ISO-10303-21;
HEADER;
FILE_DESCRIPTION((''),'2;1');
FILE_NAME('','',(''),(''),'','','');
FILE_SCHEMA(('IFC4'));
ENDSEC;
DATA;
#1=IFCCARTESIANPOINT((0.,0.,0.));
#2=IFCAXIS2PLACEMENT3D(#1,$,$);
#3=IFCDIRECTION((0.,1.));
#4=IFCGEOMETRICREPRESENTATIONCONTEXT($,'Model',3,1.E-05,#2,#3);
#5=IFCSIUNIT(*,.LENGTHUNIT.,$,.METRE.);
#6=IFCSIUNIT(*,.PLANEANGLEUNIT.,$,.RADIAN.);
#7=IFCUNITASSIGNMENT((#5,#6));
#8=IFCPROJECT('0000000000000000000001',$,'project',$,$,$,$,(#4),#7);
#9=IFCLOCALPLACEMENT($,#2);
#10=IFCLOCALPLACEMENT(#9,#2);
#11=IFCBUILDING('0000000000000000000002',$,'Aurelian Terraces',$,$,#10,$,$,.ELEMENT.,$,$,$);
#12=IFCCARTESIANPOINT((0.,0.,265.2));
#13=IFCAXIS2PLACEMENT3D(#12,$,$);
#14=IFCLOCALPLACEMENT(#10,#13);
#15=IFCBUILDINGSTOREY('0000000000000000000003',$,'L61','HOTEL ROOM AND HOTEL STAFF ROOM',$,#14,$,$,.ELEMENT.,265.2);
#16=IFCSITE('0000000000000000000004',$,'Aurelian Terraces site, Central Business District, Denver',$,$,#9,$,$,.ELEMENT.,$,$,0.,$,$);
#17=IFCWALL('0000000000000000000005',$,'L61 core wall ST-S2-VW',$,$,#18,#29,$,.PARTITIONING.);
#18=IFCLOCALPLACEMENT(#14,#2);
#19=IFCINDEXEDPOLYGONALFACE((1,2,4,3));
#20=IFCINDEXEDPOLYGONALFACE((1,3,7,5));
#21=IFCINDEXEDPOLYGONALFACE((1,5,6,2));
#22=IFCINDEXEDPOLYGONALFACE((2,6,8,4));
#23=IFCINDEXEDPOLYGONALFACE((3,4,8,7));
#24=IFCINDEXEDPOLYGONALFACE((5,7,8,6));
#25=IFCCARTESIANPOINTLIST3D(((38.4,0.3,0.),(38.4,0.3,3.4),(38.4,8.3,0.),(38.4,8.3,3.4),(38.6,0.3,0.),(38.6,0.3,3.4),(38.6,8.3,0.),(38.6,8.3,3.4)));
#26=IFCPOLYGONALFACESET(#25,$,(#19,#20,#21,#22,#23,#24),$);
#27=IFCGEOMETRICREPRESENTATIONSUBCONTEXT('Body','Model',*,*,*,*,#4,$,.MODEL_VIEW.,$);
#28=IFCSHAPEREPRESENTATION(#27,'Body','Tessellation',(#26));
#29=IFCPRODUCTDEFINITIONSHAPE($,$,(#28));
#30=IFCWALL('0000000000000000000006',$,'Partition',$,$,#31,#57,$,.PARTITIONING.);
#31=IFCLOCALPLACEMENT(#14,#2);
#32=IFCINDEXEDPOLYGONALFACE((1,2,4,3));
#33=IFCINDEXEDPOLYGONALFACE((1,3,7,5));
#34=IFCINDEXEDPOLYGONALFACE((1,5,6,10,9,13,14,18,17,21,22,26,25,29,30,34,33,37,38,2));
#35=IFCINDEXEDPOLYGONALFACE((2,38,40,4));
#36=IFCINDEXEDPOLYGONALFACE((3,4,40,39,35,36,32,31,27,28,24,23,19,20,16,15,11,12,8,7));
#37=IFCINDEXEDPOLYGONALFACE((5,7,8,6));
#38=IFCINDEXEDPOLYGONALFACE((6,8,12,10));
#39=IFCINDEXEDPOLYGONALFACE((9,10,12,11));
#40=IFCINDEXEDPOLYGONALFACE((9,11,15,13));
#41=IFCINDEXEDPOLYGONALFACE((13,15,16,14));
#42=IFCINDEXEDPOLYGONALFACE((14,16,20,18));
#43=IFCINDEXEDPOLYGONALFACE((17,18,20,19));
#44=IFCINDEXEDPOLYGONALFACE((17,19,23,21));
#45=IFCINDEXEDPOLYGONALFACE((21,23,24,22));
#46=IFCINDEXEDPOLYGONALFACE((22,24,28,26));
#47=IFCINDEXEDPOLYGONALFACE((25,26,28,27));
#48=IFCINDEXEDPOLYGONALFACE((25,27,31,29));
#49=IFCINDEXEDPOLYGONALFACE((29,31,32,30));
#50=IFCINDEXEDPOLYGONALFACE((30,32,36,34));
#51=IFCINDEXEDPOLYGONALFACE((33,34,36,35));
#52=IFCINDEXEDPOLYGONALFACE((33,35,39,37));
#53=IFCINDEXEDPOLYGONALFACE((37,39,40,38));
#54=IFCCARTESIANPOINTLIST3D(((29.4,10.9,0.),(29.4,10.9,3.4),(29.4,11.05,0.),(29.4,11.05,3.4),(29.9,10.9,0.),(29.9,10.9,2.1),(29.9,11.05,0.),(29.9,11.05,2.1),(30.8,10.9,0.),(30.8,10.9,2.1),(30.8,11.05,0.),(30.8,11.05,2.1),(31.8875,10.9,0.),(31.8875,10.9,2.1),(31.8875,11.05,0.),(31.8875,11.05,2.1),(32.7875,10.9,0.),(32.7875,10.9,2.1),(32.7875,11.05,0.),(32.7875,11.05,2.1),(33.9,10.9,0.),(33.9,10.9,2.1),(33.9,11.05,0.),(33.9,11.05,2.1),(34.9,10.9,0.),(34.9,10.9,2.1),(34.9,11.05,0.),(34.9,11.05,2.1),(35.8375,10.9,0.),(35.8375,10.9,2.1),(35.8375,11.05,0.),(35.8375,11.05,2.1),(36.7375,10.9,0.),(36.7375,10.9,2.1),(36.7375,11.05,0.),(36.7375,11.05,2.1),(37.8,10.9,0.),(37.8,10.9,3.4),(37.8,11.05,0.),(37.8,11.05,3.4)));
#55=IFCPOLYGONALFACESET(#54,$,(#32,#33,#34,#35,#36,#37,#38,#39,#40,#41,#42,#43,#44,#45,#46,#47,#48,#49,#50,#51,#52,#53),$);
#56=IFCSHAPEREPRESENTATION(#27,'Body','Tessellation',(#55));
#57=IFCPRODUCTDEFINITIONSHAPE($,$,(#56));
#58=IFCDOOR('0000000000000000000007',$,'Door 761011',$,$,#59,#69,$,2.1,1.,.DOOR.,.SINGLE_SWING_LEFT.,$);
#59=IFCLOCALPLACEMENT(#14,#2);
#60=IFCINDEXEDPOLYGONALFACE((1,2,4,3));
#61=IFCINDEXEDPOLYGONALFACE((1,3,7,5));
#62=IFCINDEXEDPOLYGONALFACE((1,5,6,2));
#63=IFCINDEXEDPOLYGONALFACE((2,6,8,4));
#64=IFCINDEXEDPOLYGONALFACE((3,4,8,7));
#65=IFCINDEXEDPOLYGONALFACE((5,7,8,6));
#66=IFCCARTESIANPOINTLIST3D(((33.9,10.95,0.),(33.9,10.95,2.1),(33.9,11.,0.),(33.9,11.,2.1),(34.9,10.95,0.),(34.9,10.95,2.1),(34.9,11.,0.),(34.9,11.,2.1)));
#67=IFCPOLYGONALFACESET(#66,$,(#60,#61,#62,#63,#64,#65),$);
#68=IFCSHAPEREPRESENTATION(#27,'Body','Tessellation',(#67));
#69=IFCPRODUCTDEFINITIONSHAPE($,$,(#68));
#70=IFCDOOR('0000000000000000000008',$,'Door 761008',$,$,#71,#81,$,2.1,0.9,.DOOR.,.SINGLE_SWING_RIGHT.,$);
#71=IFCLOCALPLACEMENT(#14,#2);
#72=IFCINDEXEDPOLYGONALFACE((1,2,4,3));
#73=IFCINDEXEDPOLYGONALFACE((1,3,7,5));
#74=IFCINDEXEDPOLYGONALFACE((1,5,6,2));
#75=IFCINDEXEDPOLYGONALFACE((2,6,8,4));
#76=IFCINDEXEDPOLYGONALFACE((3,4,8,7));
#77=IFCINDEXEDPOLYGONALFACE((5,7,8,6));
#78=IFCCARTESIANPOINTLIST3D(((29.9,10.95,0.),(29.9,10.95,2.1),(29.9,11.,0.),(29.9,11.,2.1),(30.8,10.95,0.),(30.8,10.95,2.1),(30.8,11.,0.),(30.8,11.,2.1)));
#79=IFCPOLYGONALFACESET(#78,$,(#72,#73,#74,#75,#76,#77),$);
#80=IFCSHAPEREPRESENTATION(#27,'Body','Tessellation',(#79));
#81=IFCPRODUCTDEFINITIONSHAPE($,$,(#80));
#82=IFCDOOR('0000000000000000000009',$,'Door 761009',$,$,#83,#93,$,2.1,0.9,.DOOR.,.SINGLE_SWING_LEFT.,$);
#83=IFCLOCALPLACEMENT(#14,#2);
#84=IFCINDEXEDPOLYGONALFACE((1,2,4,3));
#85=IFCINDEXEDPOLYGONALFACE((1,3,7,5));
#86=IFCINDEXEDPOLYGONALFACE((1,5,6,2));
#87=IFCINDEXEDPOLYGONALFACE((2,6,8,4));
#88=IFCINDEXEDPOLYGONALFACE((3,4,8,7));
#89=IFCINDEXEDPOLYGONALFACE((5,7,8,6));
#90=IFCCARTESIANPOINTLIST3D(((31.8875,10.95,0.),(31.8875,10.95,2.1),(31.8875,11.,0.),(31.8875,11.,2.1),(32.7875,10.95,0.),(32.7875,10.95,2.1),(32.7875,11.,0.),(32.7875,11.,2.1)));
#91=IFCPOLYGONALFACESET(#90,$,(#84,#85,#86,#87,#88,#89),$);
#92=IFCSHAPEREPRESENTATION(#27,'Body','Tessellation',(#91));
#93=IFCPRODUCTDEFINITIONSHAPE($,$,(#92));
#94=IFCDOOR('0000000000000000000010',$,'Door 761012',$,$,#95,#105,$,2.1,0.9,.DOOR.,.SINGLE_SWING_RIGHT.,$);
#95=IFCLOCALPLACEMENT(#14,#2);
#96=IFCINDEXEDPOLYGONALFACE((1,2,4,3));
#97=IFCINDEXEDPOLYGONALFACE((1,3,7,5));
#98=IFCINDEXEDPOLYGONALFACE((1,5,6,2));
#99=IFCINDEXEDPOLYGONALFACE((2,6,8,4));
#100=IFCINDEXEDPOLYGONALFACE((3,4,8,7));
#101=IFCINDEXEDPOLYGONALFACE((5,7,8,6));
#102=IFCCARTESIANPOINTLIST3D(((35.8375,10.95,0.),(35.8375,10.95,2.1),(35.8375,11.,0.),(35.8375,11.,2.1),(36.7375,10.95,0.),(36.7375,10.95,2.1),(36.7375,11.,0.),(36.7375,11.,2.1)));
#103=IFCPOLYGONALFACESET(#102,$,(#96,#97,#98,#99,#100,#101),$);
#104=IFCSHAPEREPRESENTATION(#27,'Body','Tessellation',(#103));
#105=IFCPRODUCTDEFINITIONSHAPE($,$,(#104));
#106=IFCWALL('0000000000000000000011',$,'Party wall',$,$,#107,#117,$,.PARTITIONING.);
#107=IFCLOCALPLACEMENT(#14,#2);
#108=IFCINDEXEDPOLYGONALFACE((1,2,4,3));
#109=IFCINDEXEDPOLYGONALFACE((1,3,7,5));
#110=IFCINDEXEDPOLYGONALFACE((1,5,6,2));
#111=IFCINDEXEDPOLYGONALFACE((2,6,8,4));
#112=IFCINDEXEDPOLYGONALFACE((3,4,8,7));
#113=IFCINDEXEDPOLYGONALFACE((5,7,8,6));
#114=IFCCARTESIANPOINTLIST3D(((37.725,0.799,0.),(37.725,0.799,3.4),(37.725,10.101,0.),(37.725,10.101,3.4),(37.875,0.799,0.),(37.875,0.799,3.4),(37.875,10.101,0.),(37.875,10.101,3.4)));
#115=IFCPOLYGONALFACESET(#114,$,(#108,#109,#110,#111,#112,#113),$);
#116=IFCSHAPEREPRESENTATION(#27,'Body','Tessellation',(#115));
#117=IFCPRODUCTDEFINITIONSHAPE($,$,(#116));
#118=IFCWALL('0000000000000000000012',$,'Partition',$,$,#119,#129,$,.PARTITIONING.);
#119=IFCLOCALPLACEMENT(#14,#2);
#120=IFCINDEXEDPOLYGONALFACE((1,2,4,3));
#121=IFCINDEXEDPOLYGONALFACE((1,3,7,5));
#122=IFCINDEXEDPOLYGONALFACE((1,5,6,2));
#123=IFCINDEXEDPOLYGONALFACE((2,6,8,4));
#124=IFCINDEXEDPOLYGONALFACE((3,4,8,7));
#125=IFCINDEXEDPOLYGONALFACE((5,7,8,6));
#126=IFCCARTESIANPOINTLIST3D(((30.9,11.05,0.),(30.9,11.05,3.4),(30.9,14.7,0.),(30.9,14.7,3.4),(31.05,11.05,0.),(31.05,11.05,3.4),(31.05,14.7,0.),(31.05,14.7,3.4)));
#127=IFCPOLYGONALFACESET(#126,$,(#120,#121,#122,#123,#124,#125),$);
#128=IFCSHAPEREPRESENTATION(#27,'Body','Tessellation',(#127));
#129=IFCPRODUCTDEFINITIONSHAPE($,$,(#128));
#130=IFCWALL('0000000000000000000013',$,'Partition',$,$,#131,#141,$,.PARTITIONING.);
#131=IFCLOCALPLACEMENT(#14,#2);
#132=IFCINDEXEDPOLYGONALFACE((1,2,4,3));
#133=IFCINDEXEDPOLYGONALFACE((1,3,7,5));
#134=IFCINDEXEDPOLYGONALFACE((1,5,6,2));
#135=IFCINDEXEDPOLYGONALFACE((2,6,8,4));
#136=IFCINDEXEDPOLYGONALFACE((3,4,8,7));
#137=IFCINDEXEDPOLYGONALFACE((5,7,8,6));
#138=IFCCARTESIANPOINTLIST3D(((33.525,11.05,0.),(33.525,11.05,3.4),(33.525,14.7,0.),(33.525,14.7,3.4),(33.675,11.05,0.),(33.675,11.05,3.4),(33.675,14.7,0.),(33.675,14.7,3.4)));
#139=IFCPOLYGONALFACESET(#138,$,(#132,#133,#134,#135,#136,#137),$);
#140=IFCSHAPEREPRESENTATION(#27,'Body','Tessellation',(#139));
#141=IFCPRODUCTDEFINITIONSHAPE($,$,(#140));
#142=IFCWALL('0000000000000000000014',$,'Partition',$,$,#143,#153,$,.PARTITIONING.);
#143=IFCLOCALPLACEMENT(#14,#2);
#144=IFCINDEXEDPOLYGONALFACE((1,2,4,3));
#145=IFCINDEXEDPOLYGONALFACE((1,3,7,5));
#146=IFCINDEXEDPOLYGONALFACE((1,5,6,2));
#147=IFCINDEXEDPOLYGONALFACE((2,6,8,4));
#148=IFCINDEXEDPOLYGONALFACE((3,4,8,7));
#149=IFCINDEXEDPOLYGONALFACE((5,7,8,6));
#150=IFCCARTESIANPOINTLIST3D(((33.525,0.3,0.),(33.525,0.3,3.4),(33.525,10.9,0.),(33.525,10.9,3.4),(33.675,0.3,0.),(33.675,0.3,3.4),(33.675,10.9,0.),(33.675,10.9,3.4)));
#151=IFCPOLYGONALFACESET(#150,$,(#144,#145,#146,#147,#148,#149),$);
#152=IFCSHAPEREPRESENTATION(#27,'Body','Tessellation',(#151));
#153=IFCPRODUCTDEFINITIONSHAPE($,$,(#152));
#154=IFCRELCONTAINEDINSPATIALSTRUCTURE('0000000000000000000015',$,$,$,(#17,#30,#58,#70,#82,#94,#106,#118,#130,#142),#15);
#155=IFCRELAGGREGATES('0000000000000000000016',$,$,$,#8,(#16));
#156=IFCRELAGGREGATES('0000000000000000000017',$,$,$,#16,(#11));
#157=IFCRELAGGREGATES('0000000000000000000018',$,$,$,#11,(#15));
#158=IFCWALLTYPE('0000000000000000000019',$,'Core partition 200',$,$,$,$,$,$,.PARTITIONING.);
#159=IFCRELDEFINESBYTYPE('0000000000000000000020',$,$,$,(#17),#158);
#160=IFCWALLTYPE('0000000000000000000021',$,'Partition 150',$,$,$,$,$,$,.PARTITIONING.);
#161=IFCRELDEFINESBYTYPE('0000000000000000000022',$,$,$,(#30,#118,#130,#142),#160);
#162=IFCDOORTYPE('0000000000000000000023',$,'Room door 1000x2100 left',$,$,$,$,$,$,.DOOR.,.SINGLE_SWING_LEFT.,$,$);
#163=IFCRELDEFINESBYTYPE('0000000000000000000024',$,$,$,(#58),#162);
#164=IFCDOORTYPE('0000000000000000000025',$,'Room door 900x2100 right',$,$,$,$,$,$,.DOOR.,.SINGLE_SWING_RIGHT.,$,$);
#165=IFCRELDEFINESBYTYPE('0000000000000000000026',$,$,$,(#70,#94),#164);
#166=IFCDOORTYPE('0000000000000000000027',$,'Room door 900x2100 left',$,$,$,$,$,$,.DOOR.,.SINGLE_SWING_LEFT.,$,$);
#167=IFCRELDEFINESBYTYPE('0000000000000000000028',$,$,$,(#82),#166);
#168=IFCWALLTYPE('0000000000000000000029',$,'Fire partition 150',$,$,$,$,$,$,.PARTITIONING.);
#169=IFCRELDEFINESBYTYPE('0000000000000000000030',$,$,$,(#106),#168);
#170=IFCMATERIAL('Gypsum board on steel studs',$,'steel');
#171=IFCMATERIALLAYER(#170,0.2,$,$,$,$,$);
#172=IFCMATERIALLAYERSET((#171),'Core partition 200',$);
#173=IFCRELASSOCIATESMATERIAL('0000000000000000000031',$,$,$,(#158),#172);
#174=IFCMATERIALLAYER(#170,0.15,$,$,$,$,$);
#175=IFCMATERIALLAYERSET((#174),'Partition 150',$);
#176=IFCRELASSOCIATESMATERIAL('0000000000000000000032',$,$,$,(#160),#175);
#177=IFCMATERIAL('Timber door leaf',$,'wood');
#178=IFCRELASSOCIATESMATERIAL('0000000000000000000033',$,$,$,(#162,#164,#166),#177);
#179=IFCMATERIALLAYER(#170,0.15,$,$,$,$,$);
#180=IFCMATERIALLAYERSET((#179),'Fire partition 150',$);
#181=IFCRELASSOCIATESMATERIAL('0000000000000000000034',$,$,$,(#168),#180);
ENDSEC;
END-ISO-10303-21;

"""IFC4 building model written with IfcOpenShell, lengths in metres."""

from ifc_helpers import new_model, si_unit, direction, frame, frame_2d, origin, place, context, subcontext, project, spatial, rectangle, extrude, source, transform, mapped, material, layer, layer_set, type_object, element, fill, save


model = new_model("IFC4")

# Units and contexts
model_context = context("Model", 3, precision=1e-05, world=origin(), true_north=direction((0.0, 1.0)))
body_context = subcontext(model_context, "Body", "Model", "MODEL_VIEW")
ifc_project = project(units=[si_unit("LENGTHUNIT", "METRE"), si_unit("PLANEANGLEUNIT", "RADIAN")], contexts=[model_context])

# Site, building, storey
site_placement = place(None, origin())
site = spatial("IfcSite", under=ifc_project, at=site_placement, Name="Aurelian Terraces site, Central Business District, Denver", CompositionType="ELEMENT", RefElevation=0.0)
building_placement = place(site_placement, origin())
building = spatial("IfcBuilding", under=site, at=building_placement, Name="Aurelian Terraces", CompositionType="ELEMENT")
storey_placement = place(building_placement, frame((0.0, 0.0, 265.2)))
storey = spatial("IfcBuildingStorey", under=building, at=storey_placement, Name="L61", Description="HOTEL ROOM AND HOTEL STAFF ROOM", CompositionType="ELEMENT", Elevation=265.2)

# Shared definitions
ifc_material_1 = material(Name="Gypsum board on steel studs", Category="steel")
ifc_layer_1 = layer(ifc_material_1, 0.2)
ifc_layer_set_1 = layer_set([ifc_layer_1], Name="Core partition 200")
wall_type_1 = type_object("IfcWallType", Name="Core partition 200", PredefinedType="PARTITIONING", material=ifc_layer_set_1)
shared_shape_1 = source(origin(), body_context, "Body", "SweptSolid", [
    extrude(rectangle(XDim=0.9, YDim=2.1, at=frame_2d((0.45, 1.05))), frame((0.0, 0.025, 0.0), z_axis=(0.0, -1.0, 0.0), x_axis=(1.0, 0.0, 0.0)), (0.0, 0.0, 1.0), 0.05),
])

# Wall
shared_shape_2 = source(origin(), body_context, "Body", "SweptSolid", [
    extrude(rectangle(XDim=8.0, YDim=0.2, at=frame_2d((4.0, 0.0))), origin(), (0.0, 0.0, 1.0), 3.4),
])
wall_1_placement = place(storey_placement, frame((38.5, 0.3, 0.0), z_axis=(0.0, 0.0, 1.0), x_axis=(0.0, 1.0, 0.0)))
element("IfcWall", 1, at=wall_1_placement, inside=storey, type_object=wall_type_1, Name="L61 core wall ST-S2-VW", PredefinedType="PARTITIONING", context=body_context, shape_type="MappedRepresentation", body=[
    mapped(shared_shape_2, transform((0.0, 0.0, 0.0), scale=1.0)),
])

# Wall, openings, doors
ifc_layer_2 = layer(ifc_material_1, 0.15)
ifc_layer_set_2 = layer_set([ifc_layer_2], Name="Partition 150")
wall_type_2 = type_object("IfcWallType", Name="Partition 150", PredefinedType="PARTITIONING", material=ifc_layer_set_2)
shared_shape_3 = source(origin(), body_context, "Body", "SweptSolid", [
    extrude(rectangle(XDim=8.4, YDim=0.15, at=frame_2d((4.2, 0.0))), origin(), (0.0, 0.0, 1.0), 3.4),
])
wall_2_placement = place(storey_placement, frame((37.8, 10.975, 0.0), z_axis=(0.0, 0.0, 1.0), x_axis=(-1.0, 0.0, 0.0)))
wall_2 = element("IfcWall", 2, at=wall_2_placement, inside=storey, type_object=wall_type_2, Name="Partition", PredefinedType="PARTITIONING", context=body_context, shape_type="MappedRepresentation", body=[
    mapped(shared_shape_3, transform((0.0, 0.0, 0.0), scale=1.0)),
])
shared_shape_4 = source(origin(), body_context, "Body", "SweptSolid", [
    extrude(rectangle(XDim=0.9, YDim=2.1, at=frame_2d((0.45, 1.05))), frame((0.0, 0.085, 0.0), z_axis=(0.0, -1.0, 0.0), x_axis=(1.0, 0.0, 0.0)), (0.0, 0.0, 1.0), 0.17),
])
opening_1_placement = place(wall_2_placement, frame((7.0, 0.0, 0.0)))
opening_1 = element("IfcOpeningElement", 3, at=opening_1_placement, cuts=wall_2, PredefinedType="OPENING", context=body_context, shape_type="MappedRepresentation", body=[
    mapped(shared_shape_4, transform((0.0, 0.0, 0.0), scale=1.0)),
])
opening_2_placement = place(wall_2_placement, frame((5.0125, 0.0, 0.0)))
opening_2 = element("IfcOpeningElement", 4, at=opening_2_placement, cuts=wall_2, PredefinedType="OPENING", context=body_context, shape_type="MappedRepresentation", body=[
    mapped(shared_shape_4, transform((0.0, 0.0, 0.0), scale=1.0)),
])
shared_shape_5 = source(origin(), body_context, "Body", "SweptSolid", [
    extrude(rectangle(XDim=1.0, YDim=2.1, at=frame_2d((0.5, 1.05))), frame((0.0, 0.085, 0.0), z_axis=(0.0, -1.0, 0.0), x_axis=(1.0, 0.0, 0.0)), (0.0, 0.0, 1.0), 0.17),
])
opening_3_placement = place(wall_2_placement, frame((2.9, 0.0, 0.0)))
opening_3 = element("IfcOpeningElement", 5, at=opening_3_placement, cuts=wall_2, PredefinedType="OPENING", context=body_context, shape_type="MappedRepresentation", body=[
    mapped(shared_shape_5, transform((0.0, 0.0, 0.0), scale=1.0)),
])
opening_4_placement = place(wall_2_placement, frame((1.0625, 0.0, 0.0)))
opening_4 = element("IfcOpeningElement", 6, at=opening_4_placement, cuts=wall_2, PredefinedType="OPENING", context=body_context, shape_type="MappedRepresentation", body=[
    mapped(shared_shape_4, transform((0.0, 0.0, 0.0), scale=1.0)),
])
ifc_material_2 = material(Name="Timber door leaf", Category="wood")
door_type_1 = type_object("IfcDoorType", Name="Room door 1000x2100 left", OperationType="SINGLE_SWING_LEFT", PredefinedType="DOOR", material=ifc_material_2)
shared_shape_6 = source(origin(), body_context, "Body", "SweptSolid", [
    extrude(rectangle(XDim=1.0, YDim=2.1, at=frame_2d((0.5, 1.05))), frame((0.0, 0.025, 0.0), z_axis=(0.0, -1.0, 0.0), x_axis=(1.0, 0.0, 0.0)), (0.0, 0.0, 1.0), 0.05),
])
door_1_placement = place(opening_3_placement, origin())
door_1 = element("IfcDoor", 7, at=door_1_placement, inside=storey, type_object=door_type_1, Name="Door 761011", OperationType="SINGLE_SWING_LEFT", OverallHeight=2.1, OverallWidth=1.0, PredefinedType="DOOR", context=body_context, shape_type="MappedRepresentation", body=[
    mapped(shared_shape_6, transform((0.0, 0.0, 0.0), scale=1.0)),
])
fill(opening_3, door_1)
door_type_2 = type_object("IfcDoorType", Name="Room door 900x2100 right", OperationType="SINGLE_SWING_RIGHT", PredefinedType="DOOR", material=ifc_material_2)
door_2_placement = place(opening_1_placement, origin())
door_2 = element("IfcDoor", 8, at=door_2_placement, inside=storey, type_object=door_type_2, Name="Door 761008", OperationType="SINGLE_SWING_RIGHT", OverallHeight=2.1, OverallWidth=0.9, PredefinedType="DOOR", context=body_context, shape_type="MappedRepresentation", body=[
    mapped(shared_shape_1, transform((0.0, 0.0, 0.0), scale=1.0)),
])
fill(opening_1, door_2)
door_type_3 = type_object("IfcDoorType", Name="Room door 900x2100 left", OperationType="SINGLE_SWING_LEFT", PredefinedType="DOOR", material=ifc_material_2)
door_3_placement = place(opening_2_placement, origin())
door_3 = element("IfcDoor", 9, at=door_3_placement, inside=storey, type_object=door_type_3, Name="Door 761009", OperationType="SINGLE_SWING_LEFT", OverallHeight=2.1, OverallWidth=0.9, PredefinedType="DOOR", context=body_context, shape_type="MappedRepresentation", body=[
    mapped(shared_shape_1, transform((0.0, 0.0, 0.0), scale=1.0)),
])
fill(opening_2, door_3)
door_4_placement = place(opening_4_placement, origin())
door_4 = element("IfcDoor", 10, at=door_4_placement, inside=storey, type_object=door_type_2, Name="Door 761012", OperationType="SINGLE_SWING_RIGHT", OverallHeight=2.1, OverallWidth=0.9, PredefinedType="DOOR", context=body_context, shape_type="MappedRepresentation", body=[
    mapped(shared_shape_1, transform((0.0, 0.0, 0.0), scale=1.0)),
])
fill(opening_4, door_4)

# Walls
ifc_layer_3 = layer(ifc_material_1, 0.15)
ifc_layer_set_3 = layer_set([ifc_layer_3], Name="Fire partition 150")
wall_type_3 = type_object("IfcWallType", Name="Fire partition 150", PredefinedType="PARTITIONING", material=ifc_layer_set_3)
shared_shape_7 = source(origin(), body_context, "Body", "SweptSolid", [
    extrude(rectangle(XDim=9.302, YDim=0.15, at=frame_2d((4.651, 0.0))), origin(), (0.0, 0.0, 1.0), 3.4),
])
wall_3_placement = place(storey_placement, frame((37.8, 0.799, 0.0), z_axis=(0.0, 0.0, 1.0), x_axis=(0.0, 1.0, 0.0)))
element("IfcWall", 11, at=wall_3_placement, inside=storey, type_object=wall_type_3, Name="Party wall", PredefinedType="PARTITIONING", context=body_context, shape_type="MappedRepresentation", body=[
    mapped(shared_shape_7, transform((0.0, 0.0, 0.0), scale=1.0)),
])
shared_shape_8 = source(origin(), body_context, "Body", "SweptSolid", [
    extrude(rectangle(XDim=3.65, YDim=0.15, at=frame_2d((1.825, 0.0))), origin(), (0.0, 0.0, 1.0), 3.4),
])
for number, where, z_axis, x_axis, name in (
    (12, (30.975, 11.05, 0.0), (0.0, 0.0, 1.0), (0.0, 1.0, 0.0), "Partition"),
    (13, (33.6, 11.05, 0.0), (0.0, 0.0, 1.0), (0.0, 1.0, 0.0), "Partition"),
):
    element("IfcWall", number, at=place(storey_placement, frame(where, z_axis=z_axis, x_axis=x_axis)), inside=storey, type_object=wall_type_2, Name=name, PredefinedType="PARTITIONING", context=body_context, shape_type="MappedRepresentation", body=[
        mapped(shared_shape_8, transform((0.0, 0.0, 0.0), scale=1.0)),
    ])
shared_shape_9 = source(origin(), body_context, "Body", "SweptSolid", [
    extrude(rectangle(XDim=10.6, YDim=0.15, at=frame_2d((5.3, 0.0))), origin(), (0.0, 0.0, 1.0), 3.4),
])
wall_4_placement = place(storey_placement, frame((33.6, 0.3, 0.0), z_axis=(0.0, 0.0, 1.0), x_axis=(0.0, 1.0, 0.0)))
element("IfcWall", 14, at=wall_4_placement, inside=storey, type_object=wall_type_2, Name="Partition", PredefinedType="PARTITIONING", context=body_context, shape_type="MappedRepresentation", body=[
    mapped(shared_shape_9, transform((0.0, 0.0, 0.0), scale=1.0)),
])

save(model, "model.ifc")
